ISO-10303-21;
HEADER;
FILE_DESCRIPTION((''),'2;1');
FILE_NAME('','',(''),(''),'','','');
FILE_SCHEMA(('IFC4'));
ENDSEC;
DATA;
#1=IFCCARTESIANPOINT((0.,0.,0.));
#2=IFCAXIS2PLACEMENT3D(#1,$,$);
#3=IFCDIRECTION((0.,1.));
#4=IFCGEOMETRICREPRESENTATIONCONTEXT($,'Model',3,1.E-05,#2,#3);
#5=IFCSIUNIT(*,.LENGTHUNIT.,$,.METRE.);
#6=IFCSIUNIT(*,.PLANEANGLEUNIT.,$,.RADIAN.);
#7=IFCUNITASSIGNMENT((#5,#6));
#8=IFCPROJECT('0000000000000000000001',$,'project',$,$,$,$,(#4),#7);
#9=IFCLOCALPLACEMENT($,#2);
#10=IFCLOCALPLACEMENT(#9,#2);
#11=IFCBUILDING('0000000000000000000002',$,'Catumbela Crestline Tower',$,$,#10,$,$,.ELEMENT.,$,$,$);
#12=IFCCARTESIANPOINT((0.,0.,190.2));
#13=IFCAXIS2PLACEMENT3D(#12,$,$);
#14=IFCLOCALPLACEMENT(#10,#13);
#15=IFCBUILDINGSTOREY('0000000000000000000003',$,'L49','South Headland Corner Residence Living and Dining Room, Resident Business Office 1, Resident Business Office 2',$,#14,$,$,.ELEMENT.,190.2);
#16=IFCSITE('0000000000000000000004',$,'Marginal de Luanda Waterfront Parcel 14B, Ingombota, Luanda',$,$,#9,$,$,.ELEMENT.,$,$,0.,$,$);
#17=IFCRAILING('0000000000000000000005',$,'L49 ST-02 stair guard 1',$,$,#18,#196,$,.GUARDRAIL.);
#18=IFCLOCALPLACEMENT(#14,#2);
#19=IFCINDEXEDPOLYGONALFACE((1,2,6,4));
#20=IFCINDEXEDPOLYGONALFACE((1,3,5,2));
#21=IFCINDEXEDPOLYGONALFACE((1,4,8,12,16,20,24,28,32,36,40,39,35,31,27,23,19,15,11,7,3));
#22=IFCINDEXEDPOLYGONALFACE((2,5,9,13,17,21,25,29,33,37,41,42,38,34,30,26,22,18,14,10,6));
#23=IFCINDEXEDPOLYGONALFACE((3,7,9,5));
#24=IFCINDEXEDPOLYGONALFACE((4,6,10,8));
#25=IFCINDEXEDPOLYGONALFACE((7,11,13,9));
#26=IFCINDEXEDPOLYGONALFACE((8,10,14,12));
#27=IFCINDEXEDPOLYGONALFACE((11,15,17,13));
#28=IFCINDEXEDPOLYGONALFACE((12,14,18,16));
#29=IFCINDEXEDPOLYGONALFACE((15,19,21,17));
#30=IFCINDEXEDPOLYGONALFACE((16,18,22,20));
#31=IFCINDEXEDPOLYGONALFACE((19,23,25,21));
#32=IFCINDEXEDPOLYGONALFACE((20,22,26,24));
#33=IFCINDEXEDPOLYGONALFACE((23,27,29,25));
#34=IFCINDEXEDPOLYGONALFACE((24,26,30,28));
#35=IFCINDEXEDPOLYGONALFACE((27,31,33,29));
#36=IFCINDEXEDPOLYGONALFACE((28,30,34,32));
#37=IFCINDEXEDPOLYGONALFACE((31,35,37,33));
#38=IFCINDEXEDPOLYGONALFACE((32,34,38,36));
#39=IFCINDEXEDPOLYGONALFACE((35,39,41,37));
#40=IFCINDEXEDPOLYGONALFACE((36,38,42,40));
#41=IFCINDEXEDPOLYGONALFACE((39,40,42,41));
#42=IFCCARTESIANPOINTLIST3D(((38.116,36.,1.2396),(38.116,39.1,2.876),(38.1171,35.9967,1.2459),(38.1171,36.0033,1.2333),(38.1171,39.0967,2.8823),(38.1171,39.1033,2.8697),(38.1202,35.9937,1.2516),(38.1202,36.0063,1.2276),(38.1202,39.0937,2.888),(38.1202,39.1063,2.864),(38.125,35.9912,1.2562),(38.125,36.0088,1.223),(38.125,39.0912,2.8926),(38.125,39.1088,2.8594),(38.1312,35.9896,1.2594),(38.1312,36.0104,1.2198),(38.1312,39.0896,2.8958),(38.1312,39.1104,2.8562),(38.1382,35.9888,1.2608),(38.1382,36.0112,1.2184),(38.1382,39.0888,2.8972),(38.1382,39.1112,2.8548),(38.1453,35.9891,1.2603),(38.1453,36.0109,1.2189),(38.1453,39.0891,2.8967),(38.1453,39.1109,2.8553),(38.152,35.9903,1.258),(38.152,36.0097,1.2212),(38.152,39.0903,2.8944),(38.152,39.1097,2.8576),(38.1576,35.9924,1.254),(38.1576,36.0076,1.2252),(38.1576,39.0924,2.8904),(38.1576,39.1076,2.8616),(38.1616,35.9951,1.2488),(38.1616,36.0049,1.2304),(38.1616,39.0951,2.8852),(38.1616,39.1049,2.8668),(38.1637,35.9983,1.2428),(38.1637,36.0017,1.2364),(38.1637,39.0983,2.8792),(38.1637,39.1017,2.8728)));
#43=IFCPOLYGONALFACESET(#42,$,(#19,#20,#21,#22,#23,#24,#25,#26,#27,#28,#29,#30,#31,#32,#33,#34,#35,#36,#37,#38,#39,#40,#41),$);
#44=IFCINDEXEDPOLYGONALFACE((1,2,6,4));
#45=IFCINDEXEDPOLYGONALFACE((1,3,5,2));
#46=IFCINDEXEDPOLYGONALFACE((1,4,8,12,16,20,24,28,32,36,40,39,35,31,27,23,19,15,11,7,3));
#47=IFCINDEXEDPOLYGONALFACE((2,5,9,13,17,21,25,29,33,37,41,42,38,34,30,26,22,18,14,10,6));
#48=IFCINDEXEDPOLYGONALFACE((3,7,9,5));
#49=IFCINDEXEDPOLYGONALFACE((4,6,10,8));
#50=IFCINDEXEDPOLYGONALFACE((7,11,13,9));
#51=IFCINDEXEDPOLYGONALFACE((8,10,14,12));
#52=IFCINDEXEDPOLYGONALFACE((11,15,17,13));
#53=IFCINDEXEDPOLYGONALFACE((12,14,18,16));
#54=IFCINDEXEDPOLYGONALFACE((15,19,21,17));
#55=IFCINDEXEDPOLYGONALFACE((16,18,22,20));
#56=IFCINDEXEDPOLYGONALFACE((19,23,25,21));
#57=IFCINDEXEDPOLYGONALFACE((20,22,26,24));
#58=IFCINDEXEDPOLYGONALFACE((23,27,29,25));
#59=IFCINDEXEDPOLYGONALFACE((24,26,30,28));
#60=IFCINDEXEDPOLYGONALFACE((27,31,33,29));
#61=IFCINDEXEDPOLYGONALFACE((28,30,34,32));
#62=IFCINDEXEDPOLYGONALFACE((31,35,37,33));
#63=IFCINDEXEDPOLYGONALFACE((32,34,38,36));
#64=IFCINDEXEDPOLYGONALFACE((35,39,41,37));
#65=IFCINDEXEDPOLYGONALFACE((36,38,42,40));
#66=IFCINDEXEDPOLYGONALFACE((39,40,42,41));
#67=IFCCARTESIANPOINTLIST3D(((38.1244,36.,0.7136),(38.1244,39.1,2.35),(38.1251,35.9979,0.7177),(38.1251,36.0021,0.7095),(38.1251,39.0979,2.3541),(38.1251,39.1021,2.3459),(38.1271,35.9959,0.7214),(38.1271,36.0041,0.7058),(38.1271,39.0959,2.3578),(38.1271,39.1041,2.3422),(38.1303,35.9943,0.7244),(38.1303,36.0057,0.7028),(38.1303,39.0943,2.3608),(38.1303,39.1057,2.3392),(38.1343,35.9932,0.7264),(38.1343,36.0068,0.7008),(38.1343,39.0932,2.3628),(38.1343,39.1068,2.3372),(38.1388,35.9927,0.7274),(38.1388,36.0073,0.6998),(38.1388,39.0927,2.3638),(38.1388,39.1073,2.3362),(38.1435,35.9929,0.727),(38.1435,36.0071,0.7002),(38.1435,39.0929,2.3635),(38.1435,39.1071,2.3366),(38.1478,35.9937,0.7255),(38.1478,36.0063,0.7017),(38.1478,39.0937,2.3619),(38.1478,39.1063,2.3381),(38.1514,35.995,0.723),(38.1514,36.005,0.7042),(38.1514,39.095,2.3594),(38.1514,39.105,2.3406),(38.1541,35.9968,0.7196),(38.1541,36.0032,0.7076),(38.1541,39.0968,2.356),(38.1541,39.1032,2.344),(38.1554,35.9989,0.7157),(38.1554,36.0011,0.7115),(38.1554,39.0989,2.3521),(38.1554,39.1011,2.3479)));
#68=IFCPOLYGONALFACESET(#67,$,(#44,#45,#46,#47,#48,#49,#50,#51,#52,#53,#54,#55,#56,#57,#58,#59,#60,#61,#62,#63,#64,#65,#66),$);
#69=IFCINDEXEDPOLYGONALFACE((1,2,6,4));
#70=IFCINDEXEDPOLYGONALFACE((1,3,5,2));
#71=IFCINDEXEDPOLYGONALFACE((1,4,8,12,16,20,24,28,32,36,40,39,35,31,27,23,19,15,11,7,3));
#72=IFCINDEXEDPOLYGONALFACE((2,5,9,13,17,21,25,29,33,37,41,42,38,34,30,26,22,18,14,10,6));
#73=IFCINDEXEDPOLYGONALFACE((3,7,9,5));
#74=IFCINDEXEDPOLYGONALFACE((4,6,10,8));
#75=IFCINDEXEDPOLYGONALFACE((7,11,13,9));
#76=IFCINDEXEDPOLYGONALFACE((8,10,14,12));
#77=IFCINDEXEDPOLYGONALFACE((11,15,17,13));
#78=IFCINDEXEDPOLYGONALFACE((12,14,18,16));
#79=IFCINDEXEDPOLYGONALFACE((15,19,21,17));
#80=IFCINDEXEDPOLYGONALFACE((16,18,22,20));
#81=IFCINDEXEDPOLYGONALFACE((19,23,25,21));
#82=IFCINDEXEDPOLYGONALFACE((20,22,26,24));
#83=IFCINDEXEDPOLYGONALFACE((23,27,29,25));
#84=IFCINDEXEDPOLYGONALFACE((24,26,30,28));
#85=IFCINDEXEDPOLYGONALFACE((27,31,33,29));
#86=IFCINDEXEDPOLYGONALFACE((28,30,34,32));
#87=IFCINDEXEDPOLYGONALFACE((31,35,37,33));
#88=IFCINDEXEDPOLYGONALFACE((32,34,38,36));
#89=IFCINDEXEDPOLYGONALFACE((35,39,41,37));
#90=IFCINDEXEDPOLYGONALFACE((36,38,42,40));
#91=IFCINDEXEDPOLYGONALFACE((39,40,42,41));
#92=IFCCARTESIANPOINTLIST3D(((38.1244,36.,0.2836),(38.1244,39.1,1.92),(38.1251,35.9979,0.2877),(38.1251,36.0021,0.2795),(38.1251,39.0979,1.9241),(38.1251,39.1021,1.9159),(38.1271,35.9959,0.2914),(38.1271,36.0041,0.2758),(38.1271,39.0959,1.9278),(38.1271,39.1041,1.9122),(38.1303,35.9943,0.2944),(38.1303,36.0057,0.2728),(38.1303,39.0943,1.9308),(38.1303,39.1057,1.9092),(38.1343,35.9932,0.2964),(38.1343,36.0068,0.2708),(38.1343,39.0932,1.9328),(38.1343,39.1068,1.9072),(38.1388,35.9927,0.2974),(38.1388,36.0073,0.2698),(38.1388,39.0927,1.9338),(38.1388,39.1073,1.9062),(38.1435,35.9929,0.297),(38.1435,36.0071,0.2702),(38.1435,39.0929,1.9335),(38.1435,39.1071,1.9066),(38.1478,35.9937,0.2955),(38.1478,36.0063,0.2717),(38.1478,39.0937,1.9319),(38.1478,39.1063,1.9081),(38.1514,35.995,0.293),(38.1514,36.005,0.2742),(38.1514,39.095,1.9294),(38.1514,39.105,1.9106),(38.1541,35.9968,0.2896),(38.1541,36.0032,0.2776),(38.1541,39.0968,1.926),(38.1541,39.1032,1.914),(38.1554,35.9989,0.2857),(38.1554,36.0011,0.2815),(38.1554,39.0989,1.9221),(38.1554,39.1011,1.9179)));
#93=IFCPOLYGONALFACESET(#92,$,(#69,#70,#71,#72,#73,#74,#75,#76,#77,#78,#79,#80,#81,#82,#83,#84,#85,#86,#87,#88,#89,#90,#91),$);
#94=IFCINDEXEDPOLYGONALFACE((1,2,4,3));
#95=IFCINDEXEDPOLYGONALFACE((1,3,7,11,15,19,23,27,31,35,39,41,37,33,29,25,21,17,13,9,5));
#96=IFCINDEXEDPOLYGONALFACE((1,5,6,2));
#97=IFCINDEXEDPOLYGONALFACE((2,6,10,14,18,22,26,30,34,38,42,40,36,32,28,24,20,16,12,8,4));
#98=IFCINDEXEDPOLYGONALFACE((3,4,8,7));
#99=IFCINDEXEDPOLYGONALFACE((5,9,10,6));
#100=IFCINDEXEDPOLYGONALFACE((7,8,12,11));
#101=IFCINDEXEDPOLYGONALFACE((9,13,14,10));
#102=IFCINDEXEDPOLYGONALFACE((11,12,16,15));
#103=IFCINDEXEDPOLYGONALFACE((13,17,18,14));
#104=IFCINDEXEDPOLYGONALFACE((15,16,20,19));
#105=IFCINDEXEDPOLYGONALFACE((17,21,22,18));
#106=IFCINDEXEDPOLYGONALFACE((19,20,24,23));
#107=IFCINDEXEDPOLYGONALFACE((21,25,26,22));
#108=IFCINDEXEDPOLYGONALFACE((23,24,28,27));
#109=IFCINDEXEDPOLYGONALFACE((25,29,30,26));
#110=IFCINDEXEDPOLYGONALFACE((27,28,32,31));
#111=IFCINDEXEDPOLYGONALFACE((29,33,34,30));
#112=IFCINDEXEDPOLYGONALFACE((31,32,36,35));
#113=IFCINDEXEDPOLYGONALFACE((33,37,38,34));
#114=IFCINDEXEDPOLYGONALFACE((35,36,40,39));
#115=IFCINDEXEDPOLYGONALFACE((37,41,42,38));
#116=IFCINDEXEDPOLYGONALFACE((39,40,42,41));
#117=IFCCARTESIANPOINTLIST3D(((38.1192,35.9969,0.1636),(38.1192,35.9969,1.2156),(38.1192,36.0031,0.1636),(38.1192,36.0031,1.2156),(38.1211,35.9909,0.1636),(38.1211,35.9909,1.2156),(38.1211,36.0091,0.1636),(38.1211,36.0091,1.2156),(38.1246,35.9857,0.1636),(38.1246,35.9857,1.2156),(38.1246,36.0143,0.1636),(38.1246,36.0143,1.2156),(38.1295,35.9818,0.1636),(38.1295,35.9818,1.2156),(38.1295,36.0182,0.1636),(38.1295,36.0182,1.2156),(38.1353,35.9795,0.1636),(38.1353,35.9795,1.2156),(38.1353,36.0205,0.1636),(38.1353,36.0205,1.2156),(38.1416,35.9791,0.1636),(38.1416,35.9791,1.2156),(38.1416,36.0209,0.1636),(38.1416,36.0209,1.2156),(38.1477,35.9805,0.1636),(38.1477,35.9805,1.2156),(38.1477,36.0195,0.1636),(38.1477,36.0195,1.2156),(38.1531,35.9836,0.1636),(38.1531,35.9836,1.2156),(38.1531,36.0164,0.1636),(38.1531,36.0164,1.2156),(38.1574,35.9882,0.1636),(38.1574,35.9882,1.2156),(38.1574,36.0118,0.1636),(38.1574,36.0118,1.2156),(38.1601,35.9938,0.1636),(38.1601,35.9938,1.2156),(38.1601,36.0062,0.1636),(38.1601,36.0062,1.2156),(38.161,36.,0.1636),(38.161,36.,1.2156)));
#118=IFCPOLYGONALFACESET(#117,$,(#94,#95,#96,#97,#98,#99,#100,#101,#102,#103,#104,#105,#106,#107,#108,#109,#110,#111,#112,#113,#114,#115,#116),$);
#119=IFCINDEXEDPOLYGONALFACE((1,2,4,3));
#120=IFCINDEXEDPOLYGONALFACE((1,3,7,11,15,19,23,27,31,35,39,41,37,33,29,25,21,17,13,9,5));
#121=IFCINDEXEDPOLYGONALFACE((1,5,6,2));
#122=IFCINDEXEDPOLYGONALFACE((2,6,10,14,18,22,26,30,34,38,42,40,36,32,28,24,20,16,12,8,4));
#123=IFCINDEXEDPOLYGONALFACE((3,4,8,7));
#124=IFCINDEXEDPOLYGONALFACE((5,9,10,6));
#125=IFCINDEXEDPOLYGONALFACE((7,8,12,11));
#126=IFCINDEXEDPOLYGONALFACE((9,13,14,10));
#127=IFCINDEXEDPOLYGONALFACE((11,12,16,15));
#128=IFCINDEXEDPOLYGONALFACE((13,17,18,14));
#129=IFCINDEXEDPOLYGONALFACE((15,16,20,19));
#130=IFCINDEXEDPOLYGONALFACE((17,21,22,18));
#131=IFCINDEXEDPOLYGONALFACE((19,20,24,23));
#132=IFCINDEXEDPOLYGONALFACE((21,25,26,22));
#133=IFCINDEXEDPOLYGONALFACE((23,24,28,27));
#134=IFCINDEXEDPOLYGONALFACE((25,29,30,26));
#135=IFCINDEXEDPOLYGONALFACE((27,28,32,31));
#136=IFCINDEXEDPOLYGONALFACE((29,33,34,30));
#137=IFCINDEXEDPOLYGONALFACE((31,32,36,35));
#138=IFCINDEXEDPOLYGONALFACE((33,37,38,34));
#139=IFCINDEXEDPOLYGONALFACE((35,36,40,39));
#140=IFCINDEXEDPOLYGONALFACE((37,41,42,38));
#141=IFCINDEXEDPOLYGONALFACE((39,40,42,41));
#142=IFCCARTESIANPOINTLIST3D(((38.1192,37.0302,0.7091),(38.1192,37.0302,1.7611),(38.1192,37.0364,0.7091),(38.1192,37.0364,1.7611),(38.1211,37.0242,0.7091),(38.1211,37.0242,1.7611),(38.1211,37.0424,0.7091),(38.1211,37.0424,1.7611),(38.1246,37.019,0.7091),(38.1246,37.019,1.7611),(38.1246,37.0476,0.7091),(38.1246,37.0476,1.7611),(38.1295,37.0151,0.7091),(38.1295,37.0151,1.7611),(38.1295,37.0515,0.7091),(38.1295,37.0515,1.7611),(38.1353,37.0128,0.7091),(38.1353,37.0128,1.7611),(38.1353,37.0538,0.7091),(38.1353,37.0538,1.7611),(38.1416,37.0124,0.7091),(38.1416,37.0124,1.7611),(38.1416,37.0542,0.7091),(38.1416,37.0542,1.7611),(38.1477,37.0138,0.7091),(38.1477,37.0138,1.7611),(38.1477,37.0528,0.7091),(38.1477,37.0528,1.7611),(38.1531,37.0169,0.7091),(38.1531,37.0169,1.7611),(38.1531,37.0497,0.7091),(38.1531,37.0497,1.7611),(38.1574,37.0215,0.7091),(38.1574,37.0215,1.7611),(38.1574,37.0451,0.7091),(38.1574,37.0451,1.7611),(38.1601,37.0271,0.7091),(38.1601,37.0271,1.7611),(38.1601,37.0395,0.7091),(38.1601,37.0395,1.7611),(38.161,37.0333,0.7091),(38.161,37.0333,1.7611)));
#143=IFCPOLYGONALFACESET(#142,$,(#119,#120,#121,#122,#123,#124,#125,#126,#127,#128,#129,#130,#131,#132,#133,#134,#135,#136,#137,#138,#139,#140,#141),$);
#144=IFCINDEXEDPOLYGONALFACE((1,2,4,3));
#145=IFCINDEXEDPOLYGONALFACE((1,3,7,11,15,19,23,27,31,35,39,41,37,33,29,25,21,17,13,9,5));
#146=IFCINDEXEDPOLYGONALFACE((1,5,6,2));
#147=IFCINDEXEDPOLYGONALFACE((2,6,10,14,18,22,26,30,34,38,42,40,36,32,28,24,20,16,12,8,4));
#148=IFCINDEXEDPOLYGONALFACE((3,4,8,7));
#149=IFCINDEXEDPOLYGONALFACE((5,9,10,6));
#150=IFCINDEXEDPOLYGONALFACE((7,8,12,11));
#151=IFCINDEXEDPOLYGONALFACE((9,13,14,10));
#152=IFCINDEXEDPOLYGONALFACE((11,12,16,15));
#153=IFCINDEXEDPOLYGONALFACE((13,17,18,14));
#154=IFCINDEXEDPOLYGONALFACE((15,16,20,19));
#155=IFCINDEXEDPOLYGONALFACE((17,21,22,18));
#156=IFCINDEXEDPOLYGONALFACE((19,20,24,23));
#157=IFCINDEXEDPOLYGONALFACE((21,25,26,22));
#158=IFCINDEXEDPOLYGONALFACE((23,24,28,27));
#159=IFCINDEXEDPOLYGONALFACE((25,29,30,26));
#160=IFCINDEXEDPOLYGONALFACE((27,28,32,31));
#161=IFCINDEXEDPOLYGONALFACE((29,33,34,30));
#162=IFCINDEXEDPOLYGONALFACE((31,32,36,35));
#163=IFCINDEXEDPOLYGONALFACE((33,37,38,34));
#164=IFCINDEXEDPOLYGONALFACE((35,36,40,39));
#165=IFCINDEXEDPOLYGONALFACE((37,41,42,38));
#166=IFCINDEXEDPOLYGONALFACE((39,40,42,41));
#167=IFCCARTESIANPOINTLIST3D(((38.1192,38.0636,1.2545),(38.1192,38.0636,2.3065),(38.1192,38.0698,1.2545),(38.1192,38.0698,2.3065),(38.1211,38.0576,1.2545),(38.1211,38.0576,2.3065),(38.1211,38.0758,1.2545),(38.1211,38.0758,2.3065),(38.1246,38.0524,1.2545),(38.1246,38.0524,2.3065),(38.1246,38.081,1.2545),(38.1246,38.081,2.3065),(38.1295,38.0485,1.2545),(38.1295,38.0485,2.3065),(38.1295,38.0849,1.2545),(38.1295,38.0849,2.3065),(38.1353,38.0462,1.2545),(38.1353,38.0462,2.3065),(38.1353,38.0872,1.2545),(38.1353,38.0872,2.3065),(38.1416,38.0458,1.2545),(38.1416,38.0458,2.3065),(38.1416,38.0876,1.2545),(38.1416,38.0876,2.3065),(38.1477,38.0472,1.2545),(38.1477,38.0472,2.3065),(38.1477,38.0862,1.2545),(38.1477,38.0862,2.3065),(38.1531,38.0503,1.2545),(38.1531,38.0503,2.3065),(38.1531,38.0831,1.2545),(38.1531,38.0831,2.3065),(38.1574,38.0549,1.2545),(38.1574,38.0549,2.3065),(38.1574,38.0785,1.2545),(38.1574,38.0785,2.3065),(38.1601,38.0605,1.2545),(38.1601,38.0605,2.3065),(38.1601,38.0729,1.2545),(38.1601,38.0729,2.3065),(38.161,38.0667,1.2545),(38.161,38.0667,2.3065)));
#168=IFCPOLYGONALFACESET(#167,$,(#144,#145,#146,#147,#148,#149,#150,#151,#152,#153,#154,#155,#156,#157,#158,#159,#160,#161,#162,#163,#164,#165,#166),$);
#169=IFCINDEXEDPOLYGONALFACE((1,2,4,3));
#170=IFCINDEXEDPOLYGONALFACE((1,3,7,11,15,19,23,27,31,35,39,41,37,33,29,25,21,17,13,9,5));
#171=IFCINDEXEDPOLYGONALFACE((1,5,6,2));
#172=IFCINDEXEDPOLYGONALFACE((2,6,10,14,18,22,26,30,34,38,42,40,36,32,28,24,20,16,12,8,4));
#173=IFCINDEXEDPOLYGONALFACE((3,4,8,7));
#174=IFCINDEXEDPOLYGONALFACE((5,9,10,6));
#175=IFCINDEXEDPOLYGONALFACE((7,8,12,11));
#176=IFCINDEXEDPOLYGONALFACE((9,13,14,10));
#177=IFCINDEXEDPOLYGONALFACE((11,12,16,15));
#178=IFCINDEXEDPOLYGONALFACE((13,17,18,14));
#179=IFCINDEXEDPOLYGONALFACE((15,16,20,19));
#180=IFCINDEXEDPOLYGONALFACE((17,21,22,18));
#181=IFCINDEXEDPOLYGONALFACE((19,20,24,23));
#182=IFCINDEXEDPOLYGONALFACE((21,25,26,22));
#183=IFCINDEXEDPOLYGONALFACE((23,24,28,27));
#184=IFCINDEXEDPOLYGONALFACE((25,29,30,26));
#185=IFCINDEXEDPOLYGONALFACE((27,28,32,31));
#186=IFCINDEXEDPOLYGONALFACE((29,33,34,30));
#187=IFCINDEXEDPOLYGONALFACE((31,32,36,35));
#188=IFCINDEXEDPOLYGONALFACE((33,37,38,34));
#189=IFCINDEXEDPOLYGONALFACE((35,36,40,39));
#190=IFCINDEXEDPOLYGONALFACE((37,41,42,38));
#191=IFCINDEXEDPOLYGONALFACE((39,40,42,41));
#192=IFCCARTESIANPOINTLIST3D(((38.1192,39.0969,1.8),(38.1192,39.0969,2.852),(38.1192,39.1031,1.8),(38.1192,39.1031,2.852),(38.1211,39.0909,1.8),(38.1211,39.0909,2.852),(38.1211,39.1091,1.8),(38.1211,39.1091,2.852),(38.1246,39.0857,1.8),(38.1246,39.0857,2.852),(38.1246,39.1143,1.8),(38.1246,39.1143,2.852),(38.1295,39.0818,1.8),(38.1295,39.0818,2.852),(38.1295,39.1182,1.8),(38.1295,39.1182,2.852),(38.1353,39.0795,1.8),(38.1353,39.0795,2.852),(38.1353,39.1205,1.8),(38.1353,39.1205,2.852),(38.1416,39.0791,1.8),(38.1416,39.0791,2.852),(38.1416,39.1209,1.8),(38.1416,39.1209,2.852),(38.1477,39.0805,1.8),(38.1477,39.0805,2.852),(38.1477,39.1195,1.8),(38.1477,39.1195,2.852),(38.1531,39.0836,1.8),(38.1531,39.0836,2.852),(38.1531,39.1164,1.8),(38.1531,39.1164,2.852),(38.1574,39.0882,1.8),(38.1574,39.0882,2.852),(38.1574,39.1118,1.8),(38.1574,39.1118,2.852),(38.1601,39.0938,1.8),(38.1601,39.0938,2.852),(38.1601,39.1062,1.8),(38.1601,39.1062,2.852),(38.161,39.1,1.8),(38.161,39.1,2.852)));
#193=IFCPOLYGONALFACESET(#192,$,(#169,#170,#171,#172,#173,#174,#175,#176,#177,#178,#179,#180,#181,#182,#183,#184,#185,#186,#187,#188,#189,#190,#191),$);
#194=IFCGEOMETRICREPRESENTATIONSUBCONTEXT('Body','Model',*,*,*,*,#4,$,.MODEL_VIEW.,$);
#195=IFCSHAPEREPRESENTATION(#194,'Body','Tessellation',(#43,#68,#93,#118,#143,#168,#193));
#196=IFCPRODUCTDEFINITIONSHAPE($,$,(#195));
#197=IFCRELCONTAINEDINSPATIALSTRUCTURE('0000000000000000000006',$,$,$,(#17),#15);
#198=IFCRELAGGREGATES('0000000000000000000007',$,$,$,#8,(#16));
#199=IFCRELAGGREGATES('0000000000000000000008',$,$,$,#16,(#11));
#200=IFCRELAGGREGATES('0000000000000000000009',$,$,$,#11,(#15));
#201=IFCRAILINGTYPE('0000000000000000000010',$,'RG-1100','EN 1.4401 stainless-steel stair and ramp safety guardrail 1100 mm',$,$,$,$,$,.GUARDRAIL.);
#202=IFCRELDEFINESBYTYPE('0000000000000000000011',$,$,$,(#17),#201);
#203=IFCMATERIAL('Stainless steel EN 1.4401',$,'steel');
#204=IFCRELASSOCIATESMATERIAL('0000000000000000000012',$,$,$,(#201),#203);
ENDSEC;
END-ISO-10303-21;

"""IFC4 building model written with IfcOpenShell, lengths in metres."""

from ifc_helpers import new_model, si_unit, direction, frame, origin, origin_2d, place, context, subcontext, project, spatial, circle, extrude, material, type_object, element, save


model = new_model("IFC4")

# Units and contexts
model_context = context("Model", 3, precision=1e-05, world=origin(), true_north=direction((0.0, 1.0)))
body_context = subcontext(model_context, "Body", "Model", "MODEL_VIEW")
ifc_project = project(units=[si_unit("LENGTHUNIT", "METRE"), si_unit("PLANEANGLEUNIT", "RADIAN")], contexts=[model_context])

# Site, building, storey
site_placement = place(None, origin())
site = spatial("IfcSite", under=ifc_project, at=site_placement, Name="Marginal de Luanda Waterfront Parcel 14B, Ingombota, Luanda", CompositionType="ELEMENT", RefElevation=0.0)
building_placement = place(site_placement, origin())
building = spatial("IfcBuilding", under=site, at=building_placement, Name="Catumbela Crestline Tower", CompositionType="ELEMENT")
storey_placement = place(building_placement, frame((0.0, 0.0, 190.2)))
storey = spatial("IfcBuildingStorey", under=building, at=storey_placement, Name="L49", Description="South Headland Corner Residence Living and Dining Room, Resident Business Office 1, Resident Business Office 2", CompositionType="ELEMENT", Elevation=190.2)

# Shared definitions
ifc_material_1 = material(Name="Stainless steel EN 1.4401", Category="steel")

# Railing
railing_type_1 = type_object("IfcRailingType", Name="RG-1100", Description="EN 1.4401 stainless-steel stair and ramp safety guardrail 1100 mm", PredefinedType="GUARDRAIL", material=ifc_material_1)
railing_1_placement = place(storey_placement, frame((38.14, 36.0, 0.1636)))
element("IfcRailing", 1, at=railing_1_placement, inside=storey, type_object=railing_type_1, Name="L49 ST-02 stair guard 1", PredefinedType="GUARDRAIL", context=body_context, shape_type="SweptSolid", body=[
    extrude(circle(Radius=0.024, at=origin_2d()), frame((0.0, 0.0, 1.076), z_axis=(0.0, 0.884351, 0.466823), x_axis=(-1.0, 0.0, 0.0)), (0.0, 0.0, 1.0), 3.5054),
    extrude(circle(Radius=0.0156, at=origin_2d()), frame((0.0, 0.0, 0.55), z_axis=(0.0, 0.884351, 0.466823), x_axis=(-1.0, 0.0, 0.0)), (0.0, 0.0, 1.0), 3.5054),
    extrude(circle(Radius=0.0156, at=origin_2d()), frame((0.0, 0.0, 0.12), z_axis=(0.0, 0.884351, 0.466823), x_axis=(-1.0, 0.0, 0.0)), (0.0, 0.0, 1.0), 3.5054),
    extrude(circle(Radius=0.021, at=origin_2d()), origin(), (0.0, 0.0, 1.0), 1.052),
    extrude(circle(Radius=0.021, at=origin_2d()), frame((0.0, 1.0333, 0.5455)), (0.0, 0.0, 1.0), 1.052),
    extrude(circle(Radius=0.021, at=origin_2d()), frame((0.0, 2.0667, 1.0909)), (0.0, 0.0, 1.0), 1.052),
    extrude(circle(Radius=0.021, at=origin_2d()), frame((0.0, 3.1, 1.6364)), (0.0, 0.0, 1.0), 1.052),
])

save(model, "model.ifc")
